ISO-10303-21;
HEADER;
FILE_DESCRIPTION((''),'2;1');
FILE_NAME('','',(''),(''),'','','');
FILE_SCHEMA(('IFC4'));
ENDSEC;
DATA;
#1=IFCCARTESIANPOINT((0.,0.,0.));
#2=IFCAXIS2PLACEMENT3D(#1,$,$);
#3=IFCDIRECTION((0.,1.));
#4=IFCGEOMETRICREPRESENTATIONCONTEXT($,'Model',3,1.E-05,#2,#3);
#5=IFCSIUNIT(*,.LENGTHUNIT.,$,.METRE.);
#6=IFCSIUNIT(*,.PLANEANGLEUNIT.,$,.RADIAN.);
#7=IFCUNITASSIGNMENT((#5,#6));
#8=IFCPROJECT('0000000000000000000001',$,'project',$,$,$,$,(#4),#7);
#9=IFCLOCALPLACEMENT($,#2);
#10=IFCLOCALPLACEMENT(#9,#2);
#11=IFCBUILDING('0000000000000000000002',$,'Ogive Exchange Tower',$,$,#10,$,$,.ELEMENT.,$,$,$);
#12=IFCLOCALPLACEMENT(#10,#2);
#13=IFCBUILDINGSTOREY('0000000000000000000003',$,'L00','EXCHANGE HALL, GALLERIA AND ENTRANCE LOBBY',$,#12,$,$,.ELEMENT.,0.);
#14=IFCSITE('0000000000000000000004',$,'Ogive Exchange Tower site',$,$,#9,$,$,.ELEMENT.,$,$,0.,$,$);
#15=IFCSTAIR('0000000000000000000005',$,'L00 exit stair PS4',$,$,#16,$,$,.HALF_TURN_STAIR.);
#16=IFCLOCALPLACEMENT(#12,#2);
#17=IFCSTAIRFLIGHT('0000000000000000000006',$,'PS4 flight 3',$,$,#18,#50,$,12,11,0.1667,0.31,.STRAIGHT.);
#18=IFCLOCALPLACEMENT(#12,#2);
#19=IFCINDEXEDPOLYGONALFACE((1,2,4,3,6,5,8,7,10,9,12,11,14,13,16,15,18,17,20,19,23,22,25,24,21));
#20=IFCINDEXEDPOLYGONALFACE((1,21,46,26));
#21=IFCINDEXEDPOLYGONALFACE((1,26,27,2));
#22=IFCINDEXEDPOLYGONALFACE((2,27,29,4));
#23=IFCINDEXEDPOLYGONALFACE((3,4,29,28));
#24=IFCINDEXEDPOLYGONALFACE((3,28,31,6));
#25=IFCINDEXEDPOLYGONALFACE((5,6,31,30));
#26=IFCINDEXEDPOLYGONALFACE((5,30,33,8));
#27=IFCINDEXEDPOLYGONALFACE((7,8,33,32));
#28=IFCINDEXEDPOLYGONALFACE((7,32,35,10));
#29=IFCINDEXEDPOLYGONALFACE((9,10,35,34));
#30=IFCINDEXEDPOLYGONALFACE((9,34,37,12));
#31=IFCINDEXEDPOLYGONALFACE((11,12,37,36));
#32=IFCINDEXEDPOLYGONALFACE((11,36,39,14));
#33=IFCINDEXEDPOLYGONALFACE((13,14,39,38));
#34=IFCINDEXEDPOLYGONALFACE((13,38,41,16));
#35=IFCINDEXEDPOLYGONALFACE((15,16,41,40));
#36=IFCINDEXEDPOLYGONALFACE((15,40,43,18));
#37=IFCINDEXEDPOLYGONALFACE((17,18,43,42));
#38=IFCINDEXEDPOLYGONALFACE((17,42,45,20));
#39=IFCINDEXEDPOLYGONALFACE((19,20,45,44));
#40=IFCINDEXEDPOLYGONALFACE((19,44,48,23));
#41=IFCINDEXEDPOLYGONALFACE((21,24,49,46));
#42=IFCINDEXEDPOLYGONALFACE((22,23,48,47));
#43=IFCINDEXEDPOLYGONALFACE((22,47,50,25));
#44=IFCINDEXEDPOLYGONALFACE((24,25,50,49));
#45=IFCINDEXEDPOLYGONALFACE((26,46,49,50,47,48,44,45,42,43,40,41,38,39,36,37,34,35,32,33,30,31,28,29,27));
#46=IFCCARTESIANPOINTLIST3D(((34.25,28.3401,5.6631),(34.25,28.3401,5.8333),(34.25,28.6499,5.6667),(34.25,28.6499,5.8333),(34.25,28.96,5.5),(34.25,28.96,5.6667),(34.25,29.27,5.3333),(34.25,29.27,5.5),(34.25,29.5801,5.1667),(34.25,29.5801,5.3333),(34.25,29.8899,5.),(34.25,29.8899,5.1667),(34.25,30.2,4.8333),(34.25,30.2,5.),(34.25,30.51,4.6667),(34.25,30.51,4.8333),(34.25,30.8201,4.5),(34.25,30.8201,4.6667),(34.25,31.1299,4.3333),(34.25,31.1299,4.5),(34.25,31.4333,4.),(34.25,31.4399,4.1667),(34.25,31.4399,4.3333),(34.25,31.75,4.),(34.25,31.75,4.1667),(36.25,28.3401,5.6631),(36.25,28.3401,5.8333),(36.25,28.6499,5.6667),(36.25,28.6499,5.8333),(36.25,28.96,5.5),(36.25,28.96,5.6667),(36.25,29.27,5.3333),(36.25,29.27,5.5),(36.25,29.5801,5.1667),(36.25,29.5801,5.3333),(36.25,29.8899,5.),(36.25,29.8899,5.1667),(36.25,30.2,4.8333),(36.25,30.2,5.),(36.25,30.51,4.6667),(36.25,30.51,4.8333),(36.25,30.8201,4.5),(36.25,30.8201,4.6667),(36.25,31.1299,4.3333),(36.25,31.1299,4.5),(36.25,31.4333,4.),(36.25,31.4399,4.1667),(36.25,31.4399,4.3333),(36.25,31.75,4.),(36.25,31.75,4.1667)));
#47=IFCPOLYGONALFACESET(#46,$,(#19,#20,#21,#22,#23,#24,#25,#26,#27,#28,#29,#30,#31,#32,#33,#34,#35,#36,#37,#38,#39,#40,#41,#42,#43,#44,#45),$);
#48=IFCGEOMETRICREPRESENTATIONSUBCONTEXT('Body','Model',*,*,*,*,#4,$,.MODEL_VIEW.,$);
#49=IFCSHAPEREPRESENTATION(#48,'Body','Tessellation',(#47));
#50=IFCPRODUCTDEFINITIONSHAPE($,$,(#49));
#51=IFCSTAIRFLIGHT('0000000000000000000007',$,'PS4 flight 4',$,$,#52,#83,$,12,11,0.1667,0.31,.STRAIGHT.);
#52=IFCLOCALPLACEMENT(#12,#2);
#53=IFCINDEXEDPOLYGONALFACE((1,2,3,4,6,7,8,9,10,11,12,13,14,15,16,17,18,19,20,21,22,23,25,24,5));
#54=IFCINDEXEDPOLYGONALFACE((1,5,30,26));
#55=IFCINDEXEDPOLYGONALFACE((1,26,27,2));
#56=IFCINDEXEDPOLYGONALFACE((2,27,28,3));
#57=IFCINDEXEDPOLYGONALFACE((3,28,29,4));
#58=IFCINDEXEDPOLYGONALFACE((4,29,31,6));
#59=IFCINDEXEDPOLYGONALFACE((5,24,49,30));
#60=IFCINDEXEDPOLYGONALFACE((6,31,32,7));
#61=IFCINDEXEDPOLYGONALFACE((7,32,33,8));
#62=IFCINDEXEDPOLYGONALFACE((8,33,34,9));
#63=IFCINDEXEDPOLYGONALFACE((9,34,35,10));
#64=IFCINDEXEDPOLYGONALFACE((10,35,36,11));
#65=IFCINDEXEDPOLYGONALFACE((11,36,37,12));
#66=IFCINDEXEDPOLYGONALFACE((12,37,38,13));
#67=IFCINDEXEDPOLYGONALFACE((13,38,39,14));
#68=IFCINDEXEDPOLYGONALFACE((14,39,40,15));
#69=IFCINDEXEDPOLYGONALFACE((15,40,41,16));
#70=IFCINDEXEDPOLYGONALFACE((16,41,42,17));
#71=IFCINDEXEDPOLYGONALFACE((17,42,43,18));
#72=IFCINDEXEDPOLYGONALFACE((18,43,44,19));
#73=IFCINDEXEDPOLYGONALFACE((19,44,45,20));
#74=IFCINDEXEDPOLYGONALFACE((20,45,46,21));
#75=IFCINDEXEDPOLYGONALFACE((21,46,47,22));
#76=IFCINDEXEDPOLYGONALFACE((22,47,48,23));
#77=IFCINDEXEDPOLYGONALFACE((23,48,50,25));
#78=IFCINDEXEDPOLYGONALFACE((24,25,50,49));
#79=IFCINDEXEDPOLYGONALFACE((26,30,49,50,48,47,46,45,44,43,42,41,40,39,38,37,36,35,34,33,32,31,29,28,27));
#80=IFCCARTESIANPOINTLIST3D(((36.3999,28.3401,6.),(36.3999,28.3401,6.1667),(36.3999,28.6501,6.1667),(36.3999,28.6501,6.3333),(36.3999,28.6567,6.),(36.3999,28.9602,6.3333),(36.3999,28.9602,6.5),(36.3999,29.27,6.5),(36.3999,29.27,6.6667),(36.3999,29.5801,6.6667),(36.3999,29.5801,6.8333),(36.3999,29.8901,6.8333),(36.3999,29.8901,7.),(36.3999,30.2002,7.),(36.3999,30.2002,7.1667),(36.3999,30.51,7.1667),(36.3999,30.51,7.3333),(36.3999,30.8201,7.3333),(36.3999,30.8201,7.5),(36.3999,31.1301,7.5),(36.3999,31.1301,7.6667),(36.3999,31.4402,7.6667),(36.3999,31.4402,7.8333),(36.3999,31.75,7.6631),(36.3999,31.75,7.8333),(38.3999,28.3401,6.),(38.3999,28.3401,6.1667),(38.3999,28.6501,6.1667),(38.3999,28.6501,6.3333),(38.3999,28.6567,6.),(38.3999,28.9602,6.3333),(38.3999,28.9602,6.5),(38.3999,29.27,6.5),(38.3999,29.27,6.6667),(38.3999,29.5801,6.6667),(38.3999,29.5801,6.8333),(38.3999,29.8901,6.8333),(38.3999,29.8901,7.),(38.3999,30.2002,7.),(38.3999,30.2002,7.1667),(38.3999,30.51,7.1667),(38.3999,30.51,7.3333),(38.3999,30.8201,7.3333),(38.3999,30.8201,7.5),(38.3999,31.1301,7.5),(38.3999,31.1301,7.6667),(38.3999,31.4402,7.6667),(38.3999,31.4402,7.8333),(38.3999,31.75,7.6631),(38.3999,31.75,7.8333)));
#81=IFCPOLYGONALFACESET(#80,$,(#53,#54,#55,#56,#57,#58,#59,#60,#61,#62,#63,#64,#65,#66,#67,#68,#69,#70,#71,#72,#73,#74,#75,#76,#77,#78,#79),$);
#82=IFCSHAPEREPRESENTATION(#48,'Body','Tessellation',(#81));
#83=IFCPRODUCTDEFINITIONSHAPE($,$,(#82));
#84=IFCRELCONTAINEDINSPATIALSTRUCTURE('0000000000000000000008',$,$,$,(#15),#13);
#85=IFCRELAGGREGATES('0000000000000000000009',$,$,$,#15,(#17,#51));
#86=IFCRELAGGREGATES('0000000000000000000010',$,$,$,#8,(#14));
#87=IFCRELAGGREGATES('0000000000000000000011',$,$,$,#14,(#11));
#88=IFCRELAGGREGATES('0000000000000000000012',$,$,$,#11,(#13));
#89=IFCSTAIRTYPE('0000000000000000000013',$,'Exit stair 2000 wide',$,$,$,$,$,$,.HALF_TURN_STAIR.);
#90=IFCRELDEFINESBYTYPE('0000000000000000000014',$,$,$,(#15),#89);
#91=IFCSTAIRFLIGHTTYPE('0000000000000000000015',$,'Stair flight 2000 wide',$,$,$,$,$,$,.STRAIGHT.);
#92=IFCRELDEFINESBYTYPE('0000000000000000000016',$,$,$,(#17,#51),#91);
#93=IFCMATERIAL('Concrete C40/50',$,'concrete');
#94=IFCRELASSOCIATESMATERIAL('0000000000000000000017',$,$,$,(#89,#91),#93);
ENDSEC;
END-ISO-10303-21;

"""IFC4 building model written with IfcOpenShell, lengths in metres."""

from ifc_helpers import new_model, si_unit, direction, frame, origin, place, context, subcontext, project, spatial, polyline, outline, extrude, material, type_object, element, aggregate, save


model = new_model("IFC4")

# Units and contexts
model_context = context("Model", 3, precision=1e-05, world=origin(), true_north=direction((0.0, 1.0)))
body_context = subcontext(model_context, "Body", "Model", "MODEL_VIEW")
ifc_project = project(units=[si_unit("LENGTHUNIT", "METRE"), si_unit("PLANEANGLEUNIT", "RADIAN")], contexts=[model_context])

# Site, building, storey
site_placement = place(None, origin())
site = spatial("IfcSite", under=ifc_project, at=site_placement, Name="Ogive Exchange Tower site", CompositionType="ELEMENT", RefElevation=0.0)
building_placement = place(site_placement, origin())
building = spatial("IfcBuilding", under=site, at=building_placement, Name="Ogive Exchange Tower", CompositionType="ELEMENT")
storey_placement = place(building_placement, origin())
storey = spatial("IfcBuildingStorey", under=building, at=storey_placement, Name="L00", Description="EXCHANGE HALL, GALLERIA AND ENTRANCE LOBBY", CompositionType="ELEMENT", Elevation=0.0)

# Stair, stair flights
ifc_material_1 = material(Name="Concrete C40/50", Category="concrete")
stair_type = type_object("IfcStairType", Name="Exit stair 2000 wide", PredefinedType="HALF_TURN_STAIR", material=ifc_material_1)
stair_placement = place(storey_placement, origin())
stair = element("IfcStair", 1, at=stair_placement, inside=storey, type_object=stair_type, Name="L00 exit stair PS4", PredefinedType="HALF_TURN_STAIR")
stair_flight_type = type_object("IfcStairFlightType", Name="Stair flight 2000 wide", PredefinedType="STRAIGHT", material=ifc_material_1)
stair_flight_1_placement = place(storey_placement, frame((35.25, 31.75, 4.0), z_axis=(0.0, 0.0, 1.0), x_axis=(0.0, -1.0, 0.0)))
stair_flight_1 = element("IfcStairFlight", 2, at=stair_flight_1_placement, type_object=stair_flight_type, Name="PS4 flight 3", NumberOfRisers=12, NumberOfTreads=11, PredefinedType="STRAIGHT", RiserHeight=0.1667, TreadLength=0.31, context=body_context, shape_type="SweptSolid", body=[
    extrude(outline(polyline([(0.0, 0.0), (0.0, 0.1667), (0.3101, 0.1667), (0.3101, 0.3333), (0.6201, 0.3333), (0.6201, 0.5), (0.9299, 0.5), (0.9299, 0.6667), (1.24, 0.6667), (1.24, 0.8333), (1.55, 0.8333), (1.55, 1.0), (1.8601, 1.0), (1.8601, 1.1667), (2.1699, 1.1667), (2.1699, 1.3333), (2.48, 1.3333), (2.48, 1.5), (2.79, 1.5), (2.79, 1.6667), (3.1001, 1.6667), (3.1001, 1.8333), (3.4099, 1.8333), (3.4099, 2.0), (3.4099, 1.6631), (0.3167, 0.0), (0.0, 0.0)])), frame((0.0, 1.0, 0.0), z_axis=(0.0, -1.0, 0.0), x_axis=(1.0, 0.0, 0.0)), (0.0, 0.0, 1.0), 2.0),
])
stair_flight_2_placement = place(storey_placement, frame((37.3999, 28.3401, 6.0), z_axis=(0.0, 0.0, 1.0), x_axis=(0.0, 1.0, 0.0)))
stair_flight_2 = element("IfcStairFlight", 3, at=stair_flight_2_placement, type_object=stair_flight_type, Name="PS4 flight 4", NumberOfRisers=12, NumberOfTreads=11, PredefinedType="STRAIGHT", RiserHeight=0.1667, TreadLength=0.31, context=body_context, shape_type="SweptSolid", body=[
    extrude(outline(polyline([(0.0, 0.0), (0.0, 0.1667), (0.3101, 0.1667), (0.3101, 0.3333), (0.6201, 0.3333), (0.6201, 0.5), (0.9299, 0.5), (0.9299, 0.6667), (1.24, 0.6667), (1.24, 0.8333), (1.55, 0.8333), (1.55, 1.0), (1.8601, 1.0), (1.8601, 1.1667), (2.1699, 1.1667), (2.1699, 1.3333), (2.48, 1.3333), (2.48, 1.5), (2.79, 1.5), (2.79, 1.6667), (3.1001, 1.6667), (3.1001, 1.8333), (3.4099, 1.8333), (3.4099, 2.0), (3.4099, 1.6631), (0.3167, 0.0), (0.0, 0.0)])), frame((0.0, 1.0, 0.0), z_axis=(0.0, -1.0, 0.0), x_axis=(1.0, 0.0, 0.0)), (0.0, 0.0, 1.0), 2.0),
])
aggregate(stair, [stair_flight_1, stair_flight_2])

save(model, "model.ifc")
